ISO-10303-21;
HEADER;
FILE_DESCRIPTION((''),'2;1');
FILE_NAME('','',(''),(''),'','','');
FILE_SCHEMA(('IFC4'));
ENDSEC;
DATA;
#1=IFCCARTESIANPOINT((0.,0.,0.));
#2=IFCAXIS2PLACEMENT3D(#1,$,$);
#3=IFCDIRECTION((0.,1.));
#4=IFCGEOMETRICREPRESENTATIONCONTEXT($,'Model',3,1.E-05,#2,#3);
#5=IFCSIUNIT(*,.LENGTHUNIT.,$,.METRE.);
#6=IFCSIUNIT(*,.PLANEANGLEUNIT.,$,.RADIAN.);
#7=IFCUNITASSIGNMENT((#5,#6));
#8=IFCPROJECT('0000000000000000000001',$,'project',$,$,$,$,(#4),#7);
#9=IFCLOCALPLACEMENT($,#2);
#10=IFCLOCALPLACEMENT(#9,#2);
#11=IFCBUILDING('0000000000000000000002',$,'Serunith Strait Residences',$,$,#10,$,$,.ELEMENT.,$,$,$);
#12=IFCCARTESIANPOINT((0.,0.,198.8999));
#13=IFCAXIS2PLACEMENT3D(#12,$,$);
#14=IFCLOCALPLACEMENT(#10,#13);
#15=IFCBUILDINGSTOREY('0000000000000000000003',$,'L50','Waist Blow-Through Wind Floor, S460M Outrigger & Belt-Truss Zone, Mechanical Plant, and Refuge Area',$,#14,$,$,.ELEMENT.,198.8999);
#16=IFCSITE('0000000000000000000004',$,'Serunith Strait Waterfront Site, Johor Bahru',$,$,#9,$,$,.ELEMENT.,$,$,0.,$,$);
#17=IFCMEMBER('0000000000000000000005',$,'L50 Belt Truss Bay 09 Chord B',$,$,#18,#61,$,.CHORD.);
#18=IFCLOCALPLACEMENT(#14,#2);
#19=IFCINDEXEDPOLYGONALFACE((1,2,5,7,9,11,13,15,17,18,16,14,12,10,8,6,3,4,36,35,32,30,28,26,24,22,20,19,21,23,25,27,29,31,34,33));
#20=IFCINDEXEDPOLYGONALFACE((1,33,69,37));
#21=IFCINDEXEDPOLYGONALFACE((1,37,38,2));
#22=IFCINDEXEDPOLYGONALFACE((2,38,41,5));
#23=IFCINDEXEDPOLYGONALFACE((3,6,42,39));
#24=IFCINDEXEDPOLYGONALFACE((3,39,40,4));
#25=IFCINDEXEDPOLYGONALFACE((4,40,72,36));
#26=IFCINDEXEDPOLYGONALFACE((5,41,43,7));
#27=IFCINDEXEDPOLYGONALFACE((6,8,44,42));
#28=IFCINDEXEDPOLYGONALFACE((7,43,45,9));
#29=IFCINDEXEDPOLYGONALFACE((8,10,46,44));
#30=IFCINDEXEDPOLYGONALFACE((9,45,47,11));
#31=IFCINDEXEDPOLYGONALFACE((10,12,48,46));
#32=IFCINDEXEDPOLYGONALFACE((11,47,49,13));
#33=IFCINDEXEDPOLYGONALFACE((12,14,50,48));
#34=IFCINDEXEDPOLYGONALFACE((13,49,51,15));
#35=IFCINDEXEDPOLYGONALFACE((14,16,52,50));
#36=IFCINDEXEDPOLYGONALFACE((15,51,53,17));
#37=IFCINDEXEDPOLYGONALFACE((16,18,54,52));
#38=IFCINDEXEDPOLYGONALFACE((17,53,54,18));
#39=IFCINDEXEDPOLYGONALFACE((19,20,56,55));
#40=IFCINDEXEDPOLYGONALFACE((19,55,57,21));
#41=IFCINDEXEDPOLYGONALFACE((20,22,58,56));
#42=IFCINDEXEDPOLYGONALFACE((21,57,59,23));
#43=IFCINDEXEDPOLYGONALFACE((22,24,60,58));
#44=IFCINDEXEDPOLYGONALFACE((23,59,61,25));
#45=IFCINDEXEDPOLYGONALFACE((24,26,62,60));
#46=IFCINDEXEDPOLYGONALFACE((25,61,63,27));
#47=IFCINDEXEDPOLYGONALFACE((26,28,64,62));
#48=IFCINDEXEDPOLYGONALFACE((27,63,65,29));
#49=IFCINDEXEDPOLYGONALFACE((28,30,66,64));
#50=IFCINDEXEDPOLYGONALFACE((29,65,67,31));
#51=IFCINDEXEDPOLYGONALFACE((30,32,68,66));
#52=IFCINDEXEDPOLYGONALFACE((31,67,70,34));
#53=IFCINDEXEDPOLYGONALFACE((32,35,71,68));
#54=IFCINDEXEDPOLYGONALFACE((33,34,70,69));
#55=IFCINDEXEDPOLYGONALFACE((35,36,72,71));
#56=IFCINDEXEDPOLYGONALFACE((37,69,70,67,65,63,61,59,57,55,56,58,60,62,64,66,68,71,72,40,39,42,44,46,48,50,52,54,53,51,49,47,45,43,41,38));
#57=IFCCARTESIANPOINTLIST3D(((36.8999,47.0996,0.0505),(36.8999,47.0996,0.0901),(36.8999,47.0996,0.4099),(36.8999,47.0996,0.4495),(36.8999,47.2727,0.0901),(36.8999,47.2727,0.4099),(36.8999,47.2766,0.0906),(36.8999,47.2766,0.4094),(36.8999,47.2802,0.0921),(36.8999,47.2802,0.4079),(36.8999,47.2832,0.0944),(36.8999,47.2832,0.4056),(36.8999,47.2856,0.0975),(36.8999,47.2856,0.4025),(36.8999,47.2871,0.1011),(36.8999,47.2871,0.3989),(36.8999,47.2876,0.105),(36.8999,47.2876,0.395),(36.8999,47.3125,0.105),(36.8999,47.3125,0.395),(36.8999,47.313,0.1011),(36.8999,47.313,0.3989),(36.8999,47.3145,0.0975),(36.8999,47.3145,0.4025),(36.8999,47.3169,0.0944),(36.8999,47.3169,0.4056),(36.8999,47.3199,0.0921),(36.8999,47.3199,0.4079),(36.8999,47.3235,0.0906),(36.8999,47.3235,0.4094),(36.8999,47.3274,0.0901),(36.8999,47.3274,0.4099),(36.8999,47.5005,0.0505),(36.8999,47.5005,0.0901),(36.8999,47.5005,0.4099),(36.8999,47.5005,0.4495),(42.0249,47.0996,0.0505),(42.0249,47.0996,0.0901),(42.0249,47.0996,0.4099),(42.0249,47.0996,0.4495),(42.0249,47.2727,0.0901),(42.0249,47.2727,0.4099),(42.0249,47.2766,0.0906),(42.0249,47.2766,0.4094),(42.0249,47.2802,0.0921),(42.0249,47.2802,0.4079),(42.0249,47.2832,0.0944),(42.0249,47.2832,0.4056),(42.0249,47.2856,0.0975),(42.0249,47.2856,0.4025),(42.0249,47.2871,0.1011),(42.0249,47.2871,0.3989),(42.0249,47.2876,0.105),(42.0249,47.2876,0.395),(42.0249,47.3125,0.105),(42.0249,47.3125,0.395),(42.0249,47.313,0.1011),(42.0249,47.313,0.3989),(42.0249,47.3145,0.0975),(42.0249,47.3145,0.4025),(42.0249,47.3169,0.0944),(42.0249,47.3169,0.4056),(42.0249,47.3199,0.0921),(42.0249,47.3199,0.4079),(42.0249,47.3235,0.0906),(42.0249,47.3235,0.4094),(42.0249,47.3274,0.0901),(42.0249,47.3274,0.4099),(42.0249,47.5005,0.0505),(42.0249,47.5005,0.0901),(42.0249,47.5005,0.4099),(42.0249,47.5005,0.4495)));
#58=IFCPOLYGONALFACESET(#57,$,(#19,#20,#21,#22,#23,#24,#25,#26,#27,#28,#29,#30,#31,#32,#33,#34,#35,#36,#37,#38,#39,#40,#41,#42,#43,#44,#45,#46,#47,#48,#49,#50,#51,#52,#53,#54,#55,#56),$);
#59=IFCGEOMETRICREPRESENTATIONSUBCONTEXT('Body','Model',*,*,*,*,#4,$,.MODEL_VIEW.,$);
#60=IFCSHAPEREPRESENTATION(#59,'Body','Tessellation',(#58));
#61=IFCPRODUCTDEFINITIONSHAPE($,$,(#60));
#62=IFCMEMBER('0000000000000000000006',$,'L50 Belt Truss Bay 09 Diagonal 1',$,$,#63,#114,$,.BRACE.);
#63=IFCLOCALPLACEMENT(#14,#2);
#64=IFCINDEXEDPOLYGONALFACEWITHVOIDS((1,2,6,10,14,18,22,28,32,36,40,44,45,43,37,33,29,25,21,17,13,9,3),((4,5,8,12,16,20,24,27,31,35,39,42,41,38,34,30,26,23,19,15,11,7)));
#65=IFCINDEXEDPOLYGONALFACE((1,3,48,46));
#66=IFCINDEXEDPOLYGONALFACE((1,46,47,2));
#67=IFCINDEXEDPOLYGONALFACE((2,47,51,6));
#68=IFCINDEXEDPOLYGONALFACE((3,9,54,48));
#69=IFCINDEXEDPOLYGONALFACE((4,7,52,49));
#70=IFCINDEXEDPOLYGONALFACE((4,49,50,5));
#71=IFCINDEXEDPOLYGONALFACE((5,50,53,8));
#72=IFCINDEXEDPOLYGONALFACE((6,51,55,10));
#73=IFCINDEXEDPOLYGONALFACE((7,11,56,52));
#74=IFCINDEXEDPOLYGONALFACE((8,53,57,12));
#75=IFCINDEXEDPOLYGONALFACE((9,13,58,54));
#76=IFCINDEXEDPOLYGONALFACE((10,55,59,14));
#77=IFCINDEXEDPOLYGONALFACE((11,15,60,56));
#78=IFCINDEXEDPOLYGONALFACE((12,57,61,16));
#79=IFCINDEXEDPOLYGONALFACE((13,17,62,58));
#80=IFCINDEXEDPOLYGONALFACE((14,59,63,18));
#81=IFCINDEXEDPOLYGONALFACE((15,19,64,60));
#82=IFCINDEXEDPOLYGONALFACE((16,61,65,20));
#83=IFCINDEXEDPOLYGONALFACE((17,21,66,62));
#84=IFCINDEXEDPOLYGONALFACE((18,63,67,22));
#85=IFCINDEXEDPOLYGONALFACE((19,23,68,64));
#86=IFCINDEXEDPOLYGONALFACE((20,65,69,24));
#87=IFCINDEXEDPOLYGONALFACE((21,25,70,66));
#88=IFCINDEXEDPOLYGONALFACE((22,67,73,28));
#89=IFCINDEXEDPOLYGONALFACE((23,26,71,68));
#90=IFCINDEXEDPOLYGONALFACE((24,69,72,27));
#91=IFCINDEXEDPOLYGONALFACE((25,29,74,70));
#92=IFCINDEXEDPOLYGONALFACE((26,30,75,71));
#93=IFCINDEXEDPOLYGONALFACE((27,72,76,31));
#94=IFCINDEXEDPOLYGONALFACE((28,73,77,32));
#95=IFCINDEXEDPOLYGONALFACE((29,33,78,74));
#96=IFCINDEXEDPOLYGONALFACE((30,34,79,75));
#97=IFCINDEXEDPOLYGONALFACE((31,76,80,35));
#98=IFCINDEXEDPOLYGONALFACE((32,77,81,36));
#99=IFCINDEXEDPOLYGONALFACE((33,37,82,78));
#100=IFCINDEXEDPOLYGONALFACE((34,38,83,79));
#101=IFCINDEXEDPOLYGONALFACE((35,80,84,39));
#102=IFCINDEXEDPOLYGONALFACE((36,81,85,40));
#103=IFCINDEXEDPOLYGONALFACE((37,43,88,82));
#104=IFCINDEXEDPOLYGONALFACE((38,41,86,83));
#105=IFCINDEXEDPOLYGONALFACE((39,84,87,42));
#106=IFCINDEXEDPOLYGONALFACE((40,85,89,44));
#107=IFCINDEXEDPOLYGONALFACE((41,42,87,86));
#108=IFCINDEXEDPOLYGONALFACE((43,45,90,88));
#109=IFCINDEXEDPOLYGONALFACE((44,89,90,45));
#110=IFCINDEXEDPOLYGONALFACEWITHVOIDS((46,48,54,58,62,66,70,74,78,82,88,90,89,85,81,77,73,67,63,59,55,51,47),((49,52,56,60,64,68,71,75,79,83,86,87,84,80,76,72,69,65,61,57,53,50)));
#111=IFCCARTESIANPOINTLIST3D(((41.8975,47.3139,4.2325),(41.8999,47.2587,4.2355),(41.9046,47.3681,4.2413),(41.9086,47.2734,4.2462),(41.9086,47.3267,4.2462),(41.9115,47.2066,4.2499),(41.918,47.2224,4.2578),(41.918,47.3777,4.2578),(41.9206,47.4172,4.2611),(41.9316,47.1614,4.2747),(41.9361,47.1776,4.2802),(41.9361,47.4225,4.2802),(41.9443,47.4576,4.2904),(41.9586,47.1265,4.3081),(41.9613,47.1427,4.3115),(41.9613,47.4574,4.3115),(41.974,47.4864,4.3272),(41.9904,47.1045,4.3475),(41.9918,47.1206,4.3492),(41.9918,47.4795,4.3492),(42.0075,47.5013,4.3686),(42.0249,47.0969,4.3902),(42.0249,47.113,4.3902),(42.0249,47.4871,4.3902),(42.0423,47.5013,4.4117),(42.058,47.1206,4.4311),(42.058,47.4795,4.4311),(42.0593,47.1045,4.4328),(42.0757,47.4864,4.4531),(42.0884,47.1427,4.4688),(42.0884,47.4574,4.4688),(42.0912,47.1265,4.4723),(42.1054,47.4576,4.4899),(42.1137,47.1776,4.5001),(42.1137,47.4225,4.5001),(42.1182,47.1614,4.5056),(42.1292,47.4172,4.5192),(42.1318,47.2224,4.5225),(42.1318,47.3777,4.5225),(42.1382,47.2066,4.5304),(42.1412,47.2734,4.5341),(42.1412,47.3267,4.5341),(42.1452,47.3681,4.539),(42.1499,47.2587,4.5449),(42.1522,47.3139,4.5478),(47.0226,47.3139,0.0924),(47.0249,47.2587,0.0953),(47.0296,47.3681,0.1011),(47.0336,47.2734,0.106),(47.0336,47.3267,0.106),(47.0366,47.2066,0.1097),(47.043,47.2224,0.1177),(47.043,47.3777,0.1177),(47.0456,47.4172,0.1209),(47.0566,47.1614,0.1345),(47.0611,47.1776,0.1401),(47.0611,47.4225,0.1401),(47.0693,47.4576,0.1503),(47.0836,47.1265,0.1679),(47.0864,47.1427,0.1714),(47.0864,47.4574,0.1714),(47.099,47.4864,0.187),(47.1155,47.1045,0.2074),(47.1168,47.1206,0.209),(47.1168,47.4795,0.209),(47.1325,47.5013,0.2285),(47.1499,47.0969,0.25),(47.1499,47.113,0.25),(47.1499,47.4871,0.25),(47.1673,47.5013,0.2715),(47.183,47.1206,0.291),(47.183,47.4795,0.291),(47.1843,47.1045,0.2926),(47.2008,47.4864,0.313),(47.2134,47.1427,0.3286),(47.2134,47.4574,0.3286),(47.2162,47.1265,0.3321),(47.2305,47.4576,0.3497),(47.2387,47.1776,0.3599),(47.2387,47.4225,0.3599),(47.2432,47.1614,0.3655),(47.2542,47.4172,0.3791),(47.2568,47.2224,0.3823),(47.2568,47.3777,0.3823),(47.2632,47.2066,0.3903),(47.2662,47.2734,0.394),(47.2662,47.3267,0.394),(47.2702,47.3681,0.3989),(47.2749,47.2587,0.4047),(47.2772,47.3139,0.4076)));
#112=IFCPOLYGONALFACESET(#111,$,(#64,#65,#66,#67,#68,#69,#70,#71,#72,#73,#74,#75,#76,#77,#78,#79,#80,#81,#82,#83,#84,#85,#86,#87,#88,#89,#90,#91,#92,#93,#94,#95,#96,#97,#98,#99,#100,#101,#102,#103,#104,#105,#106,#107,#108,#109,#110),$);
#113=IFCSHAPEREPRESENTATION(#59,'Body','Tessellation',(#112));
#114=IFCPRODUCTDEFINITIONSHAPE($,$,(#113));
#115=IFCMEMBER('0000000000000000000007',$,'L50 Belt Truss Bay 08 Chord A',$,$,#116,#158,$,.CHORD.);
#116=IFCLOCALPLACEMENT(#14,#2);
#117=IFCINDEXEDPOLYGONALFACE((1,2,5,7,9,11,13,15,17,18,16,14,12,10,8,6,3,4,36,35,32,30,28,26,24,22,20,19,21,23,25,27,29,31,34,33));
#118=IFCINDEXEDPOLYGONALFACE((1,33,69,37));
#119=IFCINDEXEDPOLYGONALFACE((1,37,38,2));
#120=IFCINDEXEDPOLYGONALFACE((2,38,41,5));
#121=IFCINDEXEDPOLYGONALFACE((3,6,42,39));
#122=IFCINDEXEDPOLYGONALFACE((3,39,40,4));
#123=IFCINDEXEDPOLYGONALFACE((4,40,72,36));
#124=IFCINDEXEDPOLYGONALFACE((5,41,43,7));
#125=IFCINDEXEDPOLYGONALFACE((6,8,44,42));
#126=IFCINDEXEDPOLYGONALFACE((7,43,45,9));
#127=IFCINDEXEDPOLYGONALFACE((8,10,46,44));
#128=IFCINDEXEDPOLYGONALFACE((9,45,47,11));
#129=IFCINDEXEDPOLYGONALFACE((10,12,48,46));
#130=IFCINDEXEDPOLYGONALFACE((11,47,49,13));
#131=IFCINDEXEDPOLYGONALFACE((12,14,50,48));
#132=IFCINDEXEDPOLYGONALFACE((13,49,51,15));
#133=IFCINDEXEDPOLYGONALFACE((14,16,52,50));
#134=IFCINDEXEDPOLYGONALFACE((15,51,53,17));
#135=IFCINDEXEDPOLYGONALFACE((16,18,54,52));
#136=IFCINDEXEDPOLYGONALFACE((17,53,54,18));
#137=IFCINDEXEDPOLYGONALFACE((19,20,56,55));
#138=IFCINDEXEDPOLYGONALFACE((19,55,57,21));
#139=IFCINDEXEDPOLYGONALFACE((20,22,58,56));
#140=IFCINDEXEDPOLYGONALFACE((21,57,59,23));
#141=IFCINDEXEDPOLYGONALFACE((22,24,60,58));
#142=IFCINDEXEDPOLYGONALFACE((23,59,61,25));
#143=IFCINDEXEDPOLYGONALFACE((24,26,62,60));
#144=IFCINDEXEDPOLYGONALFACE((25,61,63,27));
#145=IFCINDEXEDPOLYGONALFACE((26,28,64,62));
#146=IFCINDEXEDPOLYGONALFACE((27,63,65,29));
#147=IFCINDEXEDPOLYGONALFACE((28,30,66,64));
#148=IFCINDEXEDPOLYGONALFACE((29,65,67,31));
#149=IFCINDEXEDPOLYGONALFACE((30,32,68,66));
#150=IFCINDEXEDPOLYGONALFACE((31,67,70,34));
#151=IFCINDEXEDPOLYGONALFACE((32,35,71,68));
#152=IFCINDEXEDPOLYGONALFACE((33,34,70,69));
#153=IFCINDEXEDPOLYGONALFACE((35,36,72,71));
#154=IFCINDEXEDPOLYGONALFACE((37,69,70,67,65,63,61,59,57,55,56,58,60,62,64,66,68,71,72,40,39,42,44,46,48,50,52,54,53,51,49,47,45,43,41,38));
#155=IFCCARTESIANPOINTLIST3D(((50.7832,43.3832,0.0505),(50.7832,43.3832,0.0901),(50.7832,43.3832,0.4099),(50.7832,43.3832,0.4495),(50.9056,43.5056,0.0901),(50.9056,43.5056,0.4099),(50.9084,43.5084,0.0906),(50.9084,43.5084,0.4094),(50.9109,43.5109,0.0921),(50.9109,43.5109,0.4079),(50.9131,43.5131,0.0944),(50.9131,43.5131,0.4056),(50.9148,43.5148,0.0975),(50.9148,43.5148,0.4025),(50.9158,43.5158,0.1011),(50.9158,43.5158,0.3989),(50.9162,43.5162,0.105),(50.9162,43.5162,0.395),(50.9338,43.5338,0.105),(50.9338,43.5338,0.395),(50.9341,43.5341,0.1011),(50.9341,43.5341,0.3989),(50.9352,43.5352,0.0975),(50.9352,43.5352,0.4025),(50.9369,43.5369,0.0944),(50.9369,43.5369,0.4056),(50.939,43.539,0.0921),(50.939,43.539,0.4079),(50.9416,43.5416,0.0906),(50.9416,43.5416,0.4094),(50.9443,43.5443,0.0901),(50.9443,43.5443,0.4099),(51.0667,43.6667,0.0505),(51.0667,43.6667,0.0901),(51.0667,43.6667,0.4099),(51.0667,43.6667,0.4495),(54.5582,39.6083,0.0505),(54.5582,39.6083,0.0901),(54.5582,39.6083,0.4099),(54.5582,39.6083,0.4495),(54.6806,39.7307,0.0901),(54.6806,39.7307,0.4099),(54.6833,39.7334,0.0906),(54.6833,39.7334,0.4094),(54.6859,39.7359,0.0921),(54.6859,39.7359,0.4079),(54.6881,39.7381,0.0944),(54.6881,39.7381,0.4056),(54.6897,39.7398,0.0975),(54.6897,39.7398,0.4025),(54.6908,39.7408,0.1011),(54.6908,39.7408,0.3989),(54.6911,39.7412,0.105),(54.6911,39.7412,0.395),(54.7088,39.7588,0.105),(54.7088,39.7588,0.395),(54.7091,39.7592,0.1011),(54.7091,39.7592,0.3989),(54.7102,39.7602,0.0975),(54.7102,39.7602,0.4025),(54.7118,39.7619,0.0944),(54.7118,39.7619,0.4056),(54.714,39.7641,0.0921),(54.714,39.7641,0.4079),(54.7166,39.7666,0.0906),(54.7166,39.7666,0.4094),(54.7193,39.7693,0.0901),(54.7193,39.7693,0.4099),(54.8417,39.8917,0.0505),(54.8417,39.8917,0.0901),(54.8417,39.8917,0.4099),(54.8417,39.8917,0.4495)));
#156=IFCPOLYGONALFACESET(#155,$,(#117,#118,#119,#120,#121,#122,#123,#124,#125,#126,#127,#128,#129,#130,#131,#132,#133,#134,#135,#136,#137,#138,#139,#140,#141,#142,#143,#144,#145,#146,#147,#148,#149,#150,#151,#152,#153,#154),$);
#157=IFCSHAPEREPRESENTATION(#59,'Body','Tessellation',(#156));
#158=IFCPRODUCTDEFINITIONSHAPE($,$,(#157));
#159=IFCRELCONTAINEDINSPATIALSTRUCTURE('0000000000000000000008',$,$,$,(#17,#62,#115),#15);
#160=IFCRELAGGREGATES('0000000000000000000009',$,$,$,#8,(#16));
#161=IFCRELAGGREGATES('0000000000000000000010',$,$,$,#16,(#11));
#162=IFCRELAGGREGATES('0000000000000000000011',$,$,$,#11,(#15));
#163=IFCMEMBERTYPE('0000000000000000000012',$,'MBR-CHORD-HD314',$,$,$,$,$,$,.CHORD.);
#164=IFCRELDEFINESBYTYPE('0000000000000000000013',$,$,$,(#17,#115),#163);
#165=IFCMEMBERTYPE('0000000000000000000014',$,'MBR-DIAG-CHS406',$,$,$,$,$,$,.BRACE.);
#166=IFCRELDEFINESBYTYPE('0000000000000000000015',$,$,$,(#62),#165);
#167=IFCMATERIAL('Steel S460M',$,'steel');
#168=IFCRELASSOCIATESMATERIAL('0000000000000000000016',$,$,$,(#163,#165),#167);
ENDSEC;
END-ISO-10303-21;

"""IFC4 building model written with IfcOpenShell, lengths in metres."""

from ifc_helpers import new_model, si_unit, direction, frame, origin, origin_2d, place, context, subcontext, project, spatial, hollow_circle, i_section, extrude, source, transform, mapped, material, material_profile, profile_set, type_object, element, save


model = new_model("IFC4")

# Units and contexts
model_context = context("Model", 3, precision=1e-05, world=origin(), true_north=direction((0.0, 1.0)))
body_context = subcontext(model_context, "Body", "Model", "MODEL_VIEW")
ifc_project = project(units=[si_unit("LENGTHUNIT", "METRE"), si_unit("PLANEANGLEUNIT", "RADIAN")], contexts=[model_context])

# Site, building, storey
site_placement = place(None, origin())
site = spatial("IfcSite", under=ifc_project, at=site_placement, Name="Serunith Strait Waterfront Site, Johor Bahru", CompositionType="ELEMENT", RefElevation=0.0)
building_placement = place(site_placement, origin())
building = spatial("IfcBuilding", under=site, at=building_placement, Name="Serunith Strait Residences", CompositionType="ELEMENT")
storey_placement = place(building_placement, frame((0.0, 0.0, 198.8999)))
storey = spatial("IfcBuildingStorey", under=building, at=storey_placement, Name="L50", Description="Waist Blow-Through Wind Floor, S460M Outrigger & Belt-Truss Zone, Mechanical Plant, and Refuge Area", CompositionType="ELEMENT", Elevation=198.8999)

# Members
ifc_material_1 = material(Name="Steel S460M", Category="steel")
ifc_material_profile_1 = material_profile(ifc_material_1, i_section(OverallWidth=0.4009, OverallDepth=0.3989, WebThickness=0.0249, FlangeThickness=0.0396, FilletRadius=0.0149, at=origin_2d()), Name="HD 400x314")
ifc_profile_set_1 = profile_set([ifc_material_profile_1], Name="Steel S460M")
member_type_1 = type_object("IfcMemberType", Name="MBR-CHORD-HD314", PredefinedType="CHORD", material=ifc_profile_set_1)
shared_shape_1 = source(origin(), body_context, "Body", "SweptSolid", [
    extrude(i_section(OverallWidth=0.4009, OverallDepth=0.3989, WebThickness=0.0249, FlangeThickness=0.0396, FilletRadius=0.0149, at=origin_2d()), origin(), (0.0, 0.0, 1.0), 5.125),
])
for number, where, z_axis, x_axis, name in (
    (1, (42.0249, 47.3, 0.25), (-1.0, 0.0, 0.0), (0.0, -1.0, 0.0), "L50 Belt Truss Bay 09 Chord B"),
):
    element("IfcMember", number, at=place(storey_placement, frame(where, z_axis=z_axis, x_axis=x_axis)), inside=storey, type_object=member_type_1, Name=name, PredefinedType="CHORD", context=body_context, shape_type="MappedRepresentation", body=[
        mapped(shared_shape_1, transform((0.0, 0.0, 0.0), scale=1.0)),
    ])
ifc_material_profile_2 = material_profile(ifc_material_1, hollow_circle(Radius=0.2031, WallThickness=0.0161, at=origin_2d()), Name="CHS 406.4x16")
ifc_profile_set_2 = profile_set([ifc_material_profile_2], Name="Steel S460M")
member_type_2 = type_object("IfcMemberType", Name="MBR-DIAG-CHS406", PredefinedType="BRACE", material=ifc_profile_set_2)
shared_shape_2 = source(origin(), body_context, "Body", "SweptSolid", [
    extrude(hollow_circle(Radius=0.2031, WallThickness=0.0161, at=origin_2d()), origin(), (0.0, 0.0, 1.0), 6.5884),
])
member_1_placement = place(storey_placement, frame((47.1499, 47.3, 0.25), z_axis=(-0.777888, 0.0, 0.628403), x_axis=(0.0, -1.0, 0.0)))
element("IfcMember", 2, at=member_1_placement, inside=storey, type_object=member_type_2, Name="L50 Belt Truss Bay 09 Diagonal 1", PredefinedType="BRACE", context=body_context, shape_type="MappedRepresentation", body=[
    mapped(shared_shape_2, transform((0.0, 0.0, 0.0), scale=1.0)),
])
shared_shape_3 = source(origin(), body_context, "Body", "SweptSolid", [
    extrude(i_section(OverallWidth=0.4009, OverallDepth=0.3989, WebThickness=0.0249, FlangeThickness=0.0396, FilletRadius=0.0149, at=origin_2d()), origin(), (0.0, 0.0, 1.0), 5.3386),
])
member_2_placement = place(storey_placement, frame((54.7, 39.75, 0.25), z_axis=(-0.707107, 0.707107, 0.0), x_axis=(-0.707107, -0.707107, 0.0)))
element("IfcMember", 3, at=member_2_placement, inside=storey, type_object=member_type_1, Name="L50 Belt Truss Bay 08 Chord A", PredefinedType="CHORD", context=body_context, shape_type="MappedRepresentation", body=[
    mapped(shared_shape_3, transform((0.0, 0.0, 0.0), scale=1.0)),
])

save(model, "model.ifc")
